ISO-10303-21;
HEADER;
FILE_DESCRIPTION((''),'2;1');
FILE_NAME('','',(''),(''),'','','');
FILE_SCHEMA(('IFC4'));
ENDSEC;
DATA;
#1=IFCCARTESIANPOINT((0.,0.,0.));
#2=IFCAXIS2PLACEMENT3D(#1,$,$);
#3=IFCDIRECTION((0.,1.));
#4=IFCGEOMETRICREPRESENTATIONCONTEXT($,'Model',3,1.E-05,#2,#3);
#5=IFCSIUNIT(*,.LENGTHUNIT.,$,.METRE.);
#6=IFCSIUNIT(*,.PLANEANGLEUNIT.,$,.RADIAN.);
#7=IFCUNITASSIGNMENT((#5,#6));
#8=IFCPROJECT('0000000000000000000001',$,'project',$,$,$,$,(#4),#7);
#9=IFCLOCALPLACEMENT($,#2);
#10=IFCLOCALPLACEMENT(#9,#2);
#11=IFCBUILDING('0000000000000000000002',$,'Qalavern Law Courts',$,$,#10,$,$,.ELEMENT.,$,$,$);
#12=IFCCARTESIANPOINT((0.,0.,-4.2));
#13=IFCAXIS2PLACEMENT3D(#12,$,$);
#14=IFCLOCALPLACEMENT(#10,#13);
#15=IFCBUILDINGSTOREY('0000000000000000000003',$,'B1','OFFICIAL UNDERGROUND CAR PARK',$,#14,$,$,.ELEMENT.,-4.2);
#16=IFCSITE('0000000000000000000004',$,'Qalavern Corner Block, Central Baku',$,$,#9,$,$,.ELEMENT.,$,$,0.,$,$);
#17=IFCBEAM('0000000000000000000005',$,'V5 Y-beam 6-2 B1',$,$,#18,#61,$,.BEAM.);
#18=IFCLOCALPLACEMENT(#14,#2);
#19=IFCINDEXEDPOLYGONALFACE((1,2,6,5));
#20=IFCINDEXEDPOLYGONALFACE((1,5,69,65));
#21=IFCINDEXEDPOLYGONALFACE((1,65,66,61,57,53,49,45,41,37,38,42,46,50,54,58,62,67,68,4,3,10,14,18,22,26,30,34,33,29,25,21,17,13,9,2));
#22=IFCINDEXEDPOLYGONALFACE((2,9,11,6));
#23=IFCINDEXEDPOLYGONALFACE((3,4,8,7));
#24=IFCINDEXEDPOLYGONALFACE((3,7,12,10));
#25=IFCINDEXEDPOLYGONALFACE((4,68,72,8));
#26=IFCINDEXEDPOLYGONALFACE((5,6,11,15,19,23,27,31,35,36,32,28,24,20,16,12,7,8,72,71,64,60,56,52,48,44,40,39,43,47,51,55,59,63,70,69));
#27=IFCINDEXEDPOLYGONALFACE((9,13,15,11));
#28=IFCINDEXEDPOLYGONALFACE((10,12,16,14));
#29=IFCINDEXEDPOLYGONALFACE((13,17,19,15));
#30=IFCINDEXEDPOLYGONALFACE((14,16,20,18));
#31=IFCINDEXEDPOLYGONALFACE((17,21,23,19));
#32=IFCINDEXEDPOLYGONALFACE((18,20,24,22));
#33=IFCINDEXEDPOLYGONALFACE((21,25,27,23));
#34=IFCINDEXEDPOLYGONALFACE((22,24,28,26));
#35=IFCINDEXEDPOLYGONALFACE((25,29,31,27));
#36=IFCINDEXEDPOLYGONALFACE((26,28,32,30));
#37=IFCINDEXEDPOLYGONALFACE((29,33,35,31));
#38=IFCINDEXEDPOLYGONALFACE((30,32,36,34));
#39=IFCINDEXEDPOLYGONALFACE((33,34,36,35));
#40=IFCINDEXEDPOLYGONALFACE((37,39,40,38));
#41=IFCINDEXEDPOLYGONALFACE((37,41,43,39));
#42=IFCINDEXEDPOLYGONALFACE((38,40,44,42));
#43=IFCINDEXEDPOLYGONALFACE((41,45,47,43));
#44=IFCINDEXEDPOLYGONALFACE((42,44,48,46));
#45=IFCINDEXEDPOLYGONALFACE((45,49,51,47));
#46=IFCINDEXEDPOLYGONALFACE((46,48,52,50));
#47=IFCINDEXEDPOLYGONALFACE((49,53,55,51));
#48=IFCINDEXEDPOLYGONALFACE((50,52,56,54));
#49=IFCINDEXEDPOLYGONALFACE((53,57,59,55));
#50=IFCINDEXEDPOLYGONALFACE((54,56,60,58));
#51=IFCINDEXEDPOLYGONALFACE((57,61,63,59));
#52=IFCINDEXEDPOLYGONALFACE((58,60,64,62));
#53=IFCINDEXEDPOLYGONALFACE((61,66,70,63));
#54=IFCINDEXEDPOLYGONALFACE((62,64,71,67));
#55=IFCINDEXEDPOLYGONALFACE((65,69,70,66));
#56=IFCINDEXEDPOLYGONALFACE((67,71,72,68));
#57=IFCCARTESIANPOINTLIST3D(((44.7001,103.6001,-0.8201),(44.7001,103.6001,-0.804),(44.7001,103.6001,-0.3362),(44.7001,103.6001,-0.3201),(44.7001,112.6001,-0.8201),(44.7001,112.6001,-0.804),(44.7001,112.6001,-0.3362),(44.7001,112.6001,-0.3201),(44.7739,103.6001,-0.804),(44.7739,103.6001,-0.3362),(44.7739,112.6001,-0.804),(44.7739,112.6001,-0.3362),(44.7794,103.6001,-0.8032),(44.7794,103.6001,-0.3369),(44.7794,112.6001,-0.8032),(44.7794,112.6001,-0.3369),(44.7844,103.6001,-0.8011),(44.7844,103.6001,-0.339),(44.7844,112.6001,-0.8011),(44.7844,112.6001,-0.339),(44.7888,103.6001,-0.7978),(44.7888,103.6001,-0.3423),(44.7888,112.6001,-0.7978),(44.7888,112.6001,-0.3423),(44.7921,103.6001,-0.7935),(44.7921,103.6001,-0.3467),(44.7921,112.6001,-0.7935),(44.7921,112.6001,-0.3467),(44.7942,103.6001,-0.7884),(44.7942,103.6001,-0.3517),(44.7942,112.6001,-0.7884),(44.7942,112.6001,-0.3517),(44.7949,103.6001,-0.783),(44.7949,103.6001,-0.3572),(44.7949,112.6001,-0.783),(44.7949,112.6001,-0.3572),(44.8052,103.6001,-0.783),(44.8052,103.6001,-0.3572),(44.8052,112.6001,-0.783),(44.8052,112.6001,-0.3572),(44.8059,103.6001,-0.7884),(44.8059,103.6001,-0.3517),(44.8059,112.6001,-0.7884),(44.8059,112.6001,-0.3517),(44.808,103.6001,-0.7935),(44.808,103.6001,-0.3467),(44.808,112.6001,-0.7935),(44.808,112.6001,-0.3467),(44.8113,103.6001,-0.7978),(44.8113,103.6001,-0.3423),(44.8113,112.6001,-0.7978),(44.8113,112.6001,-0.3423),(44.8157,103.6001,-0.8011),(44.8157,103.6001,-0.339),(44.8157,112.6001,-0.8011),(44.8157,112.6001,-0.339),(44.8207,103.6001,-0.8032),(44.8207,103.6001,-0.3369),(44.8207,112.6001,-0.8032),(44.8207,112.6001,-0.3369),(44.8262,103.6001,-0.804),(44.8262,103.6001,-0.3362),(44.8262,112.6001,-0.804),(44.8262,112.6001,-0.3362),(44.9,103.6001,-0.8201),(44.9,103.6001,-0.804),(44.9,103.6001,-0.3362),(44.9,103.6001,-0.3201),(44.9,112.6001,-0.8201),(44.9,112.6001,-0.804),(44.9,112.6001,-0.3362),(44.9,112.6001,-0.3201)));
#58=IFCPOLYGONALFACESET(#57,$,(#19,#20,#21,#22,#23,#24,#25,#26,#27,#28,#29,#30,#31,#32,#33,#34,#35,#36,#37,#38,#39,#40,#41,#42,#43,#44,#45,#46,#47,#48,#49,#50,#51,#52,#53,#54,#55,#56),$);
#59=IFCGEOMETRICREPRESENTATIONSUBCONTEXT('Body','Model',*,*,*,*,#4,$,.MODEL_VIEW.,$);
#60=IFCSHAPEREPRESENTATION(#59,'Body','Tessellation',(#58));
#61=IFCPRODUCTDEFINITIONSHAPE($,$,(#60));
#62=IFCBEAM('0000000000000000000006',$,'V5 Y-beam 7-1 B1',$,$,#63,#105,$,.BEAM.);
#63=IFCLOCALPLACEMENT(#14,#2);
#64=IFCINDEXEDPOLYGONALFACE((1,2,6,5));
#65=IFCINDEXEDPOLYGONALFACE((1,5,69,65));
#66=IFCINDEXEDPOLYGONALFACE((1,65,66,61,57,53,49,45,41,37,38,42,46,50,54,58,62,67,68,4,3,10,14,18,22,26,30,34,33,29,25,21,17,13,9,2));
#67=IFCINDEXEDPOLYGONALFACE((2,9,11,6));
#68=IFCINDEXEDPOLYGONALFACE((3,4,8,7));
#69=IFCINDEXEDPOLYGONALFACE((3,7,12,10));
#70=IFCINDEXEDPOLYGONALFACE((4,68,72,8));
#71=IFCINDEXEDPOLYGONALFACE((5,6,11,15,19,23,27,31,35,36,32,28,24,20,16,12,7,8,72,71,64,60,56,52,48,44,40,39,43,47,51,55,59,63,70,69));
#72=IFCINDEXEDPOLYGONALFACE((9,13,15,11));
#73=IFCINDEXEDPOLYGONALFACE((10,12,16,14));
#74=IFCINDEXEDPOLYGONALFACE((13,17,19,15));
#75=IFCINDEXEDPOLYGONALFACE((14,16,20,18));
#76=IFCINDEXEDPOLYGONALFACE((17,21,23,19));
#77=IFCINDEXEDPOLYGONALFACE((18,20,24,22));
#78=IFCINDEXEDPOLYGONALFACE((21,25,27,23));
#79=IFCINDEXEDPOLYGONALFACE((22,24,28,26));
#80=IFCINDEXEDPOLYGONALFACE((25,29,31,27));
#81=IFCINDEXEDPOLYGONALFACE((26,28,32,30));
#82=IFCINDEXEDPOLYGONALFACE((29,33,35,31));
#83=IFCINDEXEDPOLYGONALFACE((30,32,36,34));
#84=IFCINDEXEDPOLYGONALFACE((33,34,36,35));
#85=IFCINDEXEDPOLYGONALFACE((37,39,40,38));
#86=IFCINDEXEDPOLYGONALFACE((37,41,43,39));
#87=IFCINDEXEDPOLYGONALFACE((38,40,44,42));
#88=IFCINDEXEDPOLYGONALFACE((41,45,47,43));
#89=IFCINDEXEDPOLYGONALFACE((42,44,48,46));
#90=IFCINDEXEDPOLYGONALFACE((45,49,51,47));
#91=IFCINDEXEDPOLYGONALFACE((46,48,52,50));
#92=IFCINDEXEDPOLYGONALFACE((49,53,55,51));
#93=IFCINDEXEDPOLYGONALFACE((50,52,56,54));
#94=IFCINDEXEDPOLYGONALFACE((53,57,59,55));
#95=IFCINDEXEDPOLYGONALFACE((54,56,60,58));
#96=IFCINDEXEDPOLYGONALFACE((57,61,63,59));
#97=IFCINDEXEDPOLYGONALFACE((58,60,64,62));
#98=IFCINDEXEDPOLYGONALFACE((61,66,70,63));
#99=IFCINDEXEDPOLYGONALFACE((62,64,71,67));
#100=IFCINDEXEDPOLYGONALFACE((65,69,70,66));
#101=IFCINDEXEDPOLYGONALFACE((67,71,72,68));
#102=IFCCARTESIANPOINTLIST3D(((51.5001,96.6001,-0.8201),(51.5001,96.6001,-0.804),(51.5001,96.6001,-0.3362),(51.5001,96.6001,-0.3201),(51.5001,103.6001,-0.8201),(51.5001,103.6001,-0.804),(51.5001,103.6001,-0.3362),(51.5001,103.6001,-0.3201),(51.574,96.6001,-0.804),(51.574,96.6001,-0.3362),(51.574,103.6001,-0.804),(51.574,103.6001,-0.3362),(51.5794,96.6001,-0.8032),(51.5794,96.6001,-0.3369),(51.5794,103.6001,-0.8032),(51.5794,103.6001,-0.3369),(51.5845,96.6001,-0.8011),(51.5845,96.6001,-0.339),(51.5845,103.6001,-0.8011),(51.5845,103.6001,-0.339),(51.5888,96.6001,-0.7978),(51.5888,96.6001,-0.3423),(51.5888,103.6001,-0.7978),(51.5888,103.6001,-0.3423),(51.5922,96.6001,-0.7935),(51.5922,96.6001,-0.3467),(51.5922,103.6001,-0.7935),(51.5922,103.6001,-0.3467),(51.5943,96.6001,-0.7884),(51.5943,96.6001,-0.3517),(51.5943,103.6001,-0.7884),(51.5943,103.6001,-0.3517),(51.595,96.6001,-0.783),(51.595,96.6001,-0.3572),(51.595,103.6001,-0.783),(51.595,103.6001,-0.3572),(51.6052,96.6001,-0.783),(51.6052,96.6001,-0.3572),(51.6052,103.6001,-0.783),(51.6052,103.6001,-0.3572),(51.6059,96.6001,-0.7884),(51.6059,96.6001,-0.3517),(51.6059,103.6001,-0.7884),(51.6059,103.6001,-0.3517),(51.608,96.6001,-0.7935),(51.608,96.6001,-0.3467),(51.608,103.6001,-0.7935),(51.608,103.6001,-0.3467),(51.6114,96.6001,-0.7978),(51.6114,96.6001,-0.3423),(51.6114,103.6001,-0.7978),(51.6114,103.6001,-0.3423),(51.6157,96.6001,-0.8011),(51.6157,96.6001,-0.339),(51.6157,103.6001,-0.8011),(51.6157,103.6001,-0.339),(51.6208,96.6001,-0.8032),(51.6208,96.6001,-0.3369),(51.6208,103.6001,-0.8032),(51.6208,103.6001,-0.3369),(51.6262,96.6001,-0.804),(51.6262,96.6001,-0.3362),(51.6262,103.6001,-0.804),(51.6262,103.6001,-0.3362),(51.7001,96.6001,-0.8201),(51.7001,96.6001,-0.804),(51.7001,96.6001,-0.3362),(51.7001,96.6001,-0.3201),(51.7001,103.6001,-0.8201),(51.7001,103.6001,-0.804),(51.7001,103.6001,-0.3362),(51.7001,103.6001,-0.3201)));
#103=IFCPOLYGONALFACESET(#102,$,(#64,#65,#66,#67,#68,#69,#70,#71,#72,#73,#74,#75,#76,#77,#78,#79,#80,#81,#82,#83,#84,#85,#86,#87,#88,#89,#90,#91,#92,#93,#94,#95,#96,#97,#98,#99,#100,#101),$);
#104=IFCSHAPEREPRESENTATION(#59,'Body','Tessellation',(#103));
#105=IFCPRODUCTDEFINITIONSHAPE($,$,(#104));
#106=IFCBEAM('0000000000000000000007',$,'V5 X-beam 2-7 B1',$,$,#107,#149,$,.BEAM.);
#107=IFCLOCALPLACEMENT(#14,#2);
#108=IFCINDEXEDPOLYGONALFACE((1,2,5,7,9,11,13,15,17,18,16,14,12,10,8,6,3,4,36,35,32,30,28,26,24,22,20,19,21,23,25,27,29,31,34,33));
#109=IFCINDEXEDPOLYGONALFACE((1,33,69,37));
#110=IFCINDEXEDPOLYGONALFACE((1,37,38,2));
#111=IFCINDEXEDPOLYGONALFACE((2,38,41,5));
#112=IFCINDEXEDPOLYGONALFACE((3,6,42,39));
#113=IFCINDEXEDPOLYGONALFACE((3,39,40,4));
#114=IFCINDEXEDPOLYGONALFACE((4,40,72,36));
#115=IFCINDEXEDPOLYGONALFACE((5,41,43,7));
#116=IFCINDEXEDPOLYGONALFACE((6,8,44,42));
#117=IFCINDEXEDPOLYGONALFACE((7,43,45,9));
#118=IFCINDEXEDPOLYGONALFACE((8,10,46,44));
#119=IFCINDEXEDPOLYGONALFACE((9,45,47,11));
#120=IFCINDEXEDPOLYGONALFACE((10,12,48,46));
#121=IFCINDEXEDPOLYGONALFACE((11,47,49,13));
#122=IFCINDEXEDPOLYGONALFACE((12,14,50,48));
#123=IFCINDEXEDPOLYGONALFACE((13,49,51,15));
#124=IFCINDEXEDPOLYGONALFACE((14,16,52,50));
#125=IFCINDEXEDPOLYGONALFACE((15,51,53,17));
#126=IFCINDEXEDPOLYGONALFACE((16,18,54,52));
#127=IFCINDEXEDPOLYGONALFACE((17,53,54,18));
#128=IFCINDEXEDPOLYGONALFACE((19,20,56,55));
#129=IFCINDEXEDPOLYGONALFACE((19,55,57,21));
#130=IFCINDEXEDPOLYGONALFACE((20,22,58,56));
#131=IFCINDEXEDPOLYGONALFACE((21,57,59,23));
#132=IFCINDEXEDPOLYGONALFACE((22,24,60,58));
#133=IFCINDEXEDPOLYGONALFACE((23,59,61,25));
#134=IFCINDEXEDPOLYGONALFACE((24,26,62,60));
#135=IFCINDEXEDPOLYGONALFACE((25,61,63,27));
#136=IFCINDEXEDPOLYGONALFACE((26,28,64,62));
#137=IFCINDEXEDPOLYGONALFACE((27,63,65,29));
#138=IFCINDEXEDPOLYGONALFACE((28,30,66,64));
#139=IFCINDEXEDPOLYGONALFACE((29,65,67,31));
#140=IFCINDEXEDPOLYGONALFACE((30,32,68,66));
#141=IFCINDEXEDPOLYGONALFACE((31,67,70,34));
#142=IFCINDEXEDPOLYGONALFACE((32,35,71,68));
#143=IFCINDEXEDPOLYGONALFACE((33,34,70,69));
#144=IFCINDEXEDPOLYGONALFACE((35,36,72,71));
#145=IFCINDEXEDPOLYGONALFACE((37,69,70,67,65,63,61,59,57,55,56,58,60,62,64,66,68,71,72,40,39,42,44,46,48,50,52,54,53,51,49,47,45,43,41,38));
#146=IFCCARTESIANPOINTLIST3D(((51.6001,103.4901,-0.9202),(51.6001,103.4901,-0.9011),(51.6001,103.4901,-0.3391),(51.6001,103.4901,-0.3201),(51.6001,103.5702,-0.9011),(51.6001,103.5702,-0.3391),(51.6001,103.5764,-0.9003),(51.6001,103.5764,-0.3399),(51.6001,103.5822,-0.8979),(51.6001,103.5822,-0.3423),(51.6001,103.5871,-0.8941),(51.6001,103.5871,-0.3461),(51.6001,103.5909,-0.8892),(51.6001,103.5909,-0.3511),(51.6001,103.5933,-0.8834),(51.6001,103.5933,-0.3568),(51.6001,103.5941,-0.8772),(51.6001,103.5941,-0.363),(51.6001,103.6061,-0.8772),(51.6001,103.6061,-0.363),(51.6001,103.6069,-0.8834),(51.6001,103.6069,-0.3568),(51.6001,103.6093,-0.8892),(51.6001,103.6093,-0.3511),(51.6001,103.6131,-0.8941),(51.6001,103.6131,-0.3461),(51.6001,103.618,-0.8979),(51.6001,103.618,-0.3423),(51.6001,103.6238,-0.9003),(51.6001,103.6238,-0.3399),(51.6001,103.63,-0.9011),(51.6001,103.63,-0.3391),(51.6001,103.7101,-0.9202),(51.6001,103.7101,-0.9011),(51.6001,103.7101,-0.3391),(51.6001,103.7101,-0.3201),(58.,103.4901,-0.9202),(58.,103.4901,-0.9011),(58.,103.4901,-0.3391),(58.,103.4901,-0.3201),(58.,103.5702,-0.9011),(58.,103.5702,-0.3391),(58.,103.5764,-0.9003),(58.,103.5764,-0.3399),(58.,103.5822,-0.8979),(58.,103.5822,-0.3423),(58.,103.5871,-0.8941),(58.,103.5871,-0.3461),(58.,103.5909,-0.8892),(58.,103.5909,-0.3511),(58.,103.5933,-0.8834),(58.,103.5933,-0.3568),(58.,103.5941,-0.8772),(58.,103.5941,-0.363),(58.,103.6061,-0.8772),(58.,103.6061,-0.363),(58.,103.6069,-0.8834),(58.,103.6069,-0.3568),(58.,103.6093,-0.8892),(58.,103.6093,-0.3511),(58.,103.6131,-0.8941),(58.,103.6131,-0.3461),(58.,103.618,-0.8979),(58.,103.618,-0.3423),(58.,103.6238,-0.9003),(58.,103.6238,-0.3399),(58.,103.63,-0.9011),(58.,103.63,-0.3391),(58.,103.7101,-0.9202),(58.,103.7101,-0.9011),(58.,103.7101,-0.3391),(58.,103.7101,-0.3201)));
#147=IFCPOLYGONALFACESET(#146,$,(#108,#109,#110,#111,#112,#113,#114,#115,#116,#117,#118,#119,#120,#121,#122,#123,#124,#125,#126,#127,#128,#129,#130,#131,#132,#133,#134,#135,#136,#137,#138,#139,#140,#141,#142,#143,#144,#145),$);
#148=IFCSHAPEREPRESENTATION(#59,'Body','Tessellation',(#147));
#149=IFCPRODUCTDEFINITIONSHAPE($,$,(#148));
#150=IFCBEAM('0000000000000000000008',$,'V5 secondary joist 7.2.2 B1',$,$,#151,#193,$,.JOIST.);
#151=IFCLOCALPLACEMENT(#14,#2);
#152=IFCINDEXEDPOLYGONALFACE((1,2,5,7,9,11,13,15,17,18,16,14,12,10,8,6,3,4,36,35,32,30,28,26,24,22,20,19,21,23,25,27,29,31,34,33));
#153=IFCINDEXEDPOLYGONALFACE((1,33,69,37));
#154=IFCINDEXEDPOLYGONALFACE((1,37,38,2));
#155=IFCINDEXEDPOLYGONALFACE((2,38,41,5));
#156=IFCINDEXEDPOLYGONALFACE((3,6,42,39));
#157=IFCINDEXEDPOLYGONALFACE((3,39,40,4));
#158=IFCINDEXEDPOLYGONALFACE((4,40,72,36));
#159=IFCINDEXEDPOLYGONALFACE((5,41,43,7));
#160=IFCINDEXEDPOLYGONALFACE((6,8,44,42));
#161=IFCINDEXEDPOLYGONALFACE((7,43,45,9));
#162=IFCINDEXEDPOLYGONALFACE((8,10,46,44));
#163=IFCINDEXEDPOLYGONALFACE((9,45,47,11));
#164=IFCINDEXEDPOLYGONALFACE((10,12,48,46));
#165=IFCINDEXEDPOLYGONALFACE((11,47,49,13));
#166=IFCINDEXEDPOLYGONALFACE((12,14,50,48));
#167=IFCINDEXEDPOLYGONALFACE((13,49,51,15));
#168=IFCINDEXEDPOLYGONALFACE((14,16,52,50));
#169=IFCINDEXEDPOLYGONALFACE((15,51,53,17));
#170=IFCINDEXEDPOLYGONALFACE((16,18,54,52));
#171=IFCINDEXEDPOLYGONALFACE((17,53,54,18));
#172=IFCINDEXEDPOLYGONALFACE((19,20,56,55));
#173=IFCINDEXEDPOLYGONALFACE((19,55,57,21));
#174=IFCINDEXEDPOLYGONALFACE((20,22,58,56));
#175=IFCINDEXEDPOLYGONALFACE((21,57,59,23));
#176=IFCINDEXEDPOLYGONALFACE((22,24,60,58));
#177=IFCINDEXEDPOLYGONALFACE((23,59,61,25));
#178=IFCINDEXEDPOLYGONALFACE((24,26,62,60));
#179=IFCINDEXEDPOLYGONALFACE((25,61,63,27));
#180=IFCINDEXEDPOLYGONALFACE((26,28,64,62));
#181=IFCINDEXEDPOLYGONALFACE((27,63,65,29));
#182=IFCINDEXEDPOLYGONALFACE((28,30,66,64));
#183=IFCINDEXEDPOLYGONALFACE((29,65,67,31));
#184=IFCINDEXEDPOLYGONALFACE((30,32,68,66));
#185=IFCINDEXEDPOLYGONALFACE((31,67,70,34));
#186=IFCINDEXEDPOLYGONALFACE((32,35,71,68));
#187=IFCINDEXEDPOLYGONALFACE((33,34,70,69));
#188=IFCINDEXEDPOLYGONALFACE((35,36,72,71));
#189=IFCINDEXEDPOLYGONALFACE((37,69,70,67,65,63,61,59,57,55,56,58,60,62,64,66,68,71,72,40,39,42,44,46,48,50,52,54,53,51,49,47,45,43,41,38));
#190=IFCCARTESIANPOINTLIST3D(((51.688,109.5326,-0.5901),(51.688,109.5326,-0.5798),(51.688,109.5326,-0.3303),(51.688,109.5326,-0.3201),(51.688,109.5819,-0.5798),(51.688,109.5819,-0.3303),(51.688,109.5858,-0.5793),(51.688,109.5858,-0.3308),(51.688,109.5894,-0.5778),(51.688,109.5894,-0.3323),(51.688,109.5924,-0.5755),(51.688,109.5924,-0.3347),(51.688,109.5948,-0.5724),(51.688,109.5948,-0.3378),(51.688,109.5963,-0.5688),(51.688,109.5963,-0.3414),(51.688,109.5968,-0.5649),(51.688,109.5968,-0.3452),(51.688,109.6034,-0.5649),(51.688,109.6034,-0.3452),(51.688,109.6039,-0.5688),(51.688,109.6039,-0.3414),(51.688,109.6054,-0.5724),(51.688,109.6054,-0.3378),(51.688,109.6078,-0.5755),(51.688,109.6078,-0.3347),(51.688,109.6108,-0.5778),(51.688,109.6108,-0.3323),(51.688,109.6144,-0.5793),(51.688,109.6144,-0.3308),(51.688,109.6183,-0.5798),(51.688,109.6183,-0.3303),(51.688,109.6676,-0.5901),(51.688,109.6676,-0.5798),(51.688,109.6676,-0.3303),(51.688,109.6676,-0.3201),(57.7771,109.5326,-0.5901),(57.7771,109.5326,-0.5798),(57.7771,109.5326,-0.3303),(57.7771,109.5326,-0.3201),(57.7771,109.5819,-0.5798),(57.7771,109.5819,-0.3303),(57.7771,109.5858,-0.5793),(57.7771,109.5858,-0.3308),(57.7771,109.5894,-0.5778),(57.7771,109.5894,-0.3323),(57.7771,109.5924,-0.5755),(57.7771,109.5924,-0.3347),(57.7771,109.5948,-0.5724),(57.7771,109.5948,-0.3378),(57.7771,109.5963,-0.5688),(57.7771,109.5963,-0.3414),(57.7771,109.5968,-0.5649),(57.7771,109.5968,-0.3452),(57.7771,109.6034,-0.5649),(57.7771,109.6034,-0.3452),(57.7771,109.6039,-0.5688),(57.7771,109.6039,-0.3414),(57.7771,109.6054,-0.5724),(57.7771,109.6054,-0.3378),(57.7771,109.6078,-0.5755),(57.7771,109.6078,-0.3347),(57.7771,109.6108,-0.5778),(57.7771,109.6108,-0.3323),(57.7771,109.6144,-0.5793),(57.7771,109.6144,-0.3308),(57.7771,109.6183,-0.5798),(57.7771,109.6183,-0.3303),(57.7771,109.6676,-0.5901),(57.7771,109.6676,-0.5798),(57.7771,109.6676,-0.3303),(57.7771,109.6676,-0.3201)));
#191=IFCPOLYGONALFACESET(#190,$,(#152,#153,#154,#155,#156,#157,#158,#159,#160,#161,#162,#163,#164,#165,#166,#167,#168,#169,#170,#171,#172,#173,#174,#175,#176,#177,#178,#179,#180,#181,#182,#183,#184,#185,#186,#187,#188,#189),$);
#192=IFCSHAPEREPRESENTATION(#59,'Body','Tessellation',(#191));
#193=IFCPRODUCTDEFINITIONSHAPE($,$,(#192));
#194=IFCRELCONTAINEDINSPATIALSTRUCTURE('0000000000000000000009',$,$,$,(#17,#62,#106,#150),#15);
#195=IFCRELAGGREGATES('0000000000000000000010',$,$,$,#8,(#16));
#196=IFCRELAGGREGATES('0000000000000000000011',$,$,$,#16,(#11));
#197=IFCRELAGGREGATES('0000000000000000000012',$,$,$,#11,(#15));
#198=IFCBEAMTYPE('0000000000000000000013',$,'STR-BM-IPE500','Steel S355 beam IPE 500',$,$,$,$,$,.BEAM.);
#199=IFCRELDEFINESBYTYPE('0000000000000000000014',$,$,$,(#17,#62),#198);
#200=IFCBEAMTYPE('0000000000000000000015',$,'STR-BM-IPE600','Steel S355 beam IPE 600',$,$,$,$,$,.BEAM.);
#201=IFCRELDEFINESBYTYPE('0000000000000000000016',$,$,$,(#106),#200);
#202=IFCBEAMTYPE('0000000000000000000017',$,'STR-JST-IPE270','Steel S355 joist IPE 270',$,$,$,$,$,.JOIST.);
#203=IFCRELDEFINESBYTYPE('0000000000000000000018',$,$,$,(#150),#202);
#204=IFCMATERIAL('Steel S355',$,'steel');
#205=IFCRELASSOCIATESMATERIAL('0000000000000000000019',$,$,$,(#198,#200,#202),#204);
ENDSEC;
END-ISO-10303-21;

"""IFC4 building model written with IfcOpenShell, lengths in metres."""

from ifc_helpers import new_model, si_unit, direction, frame, origin, origin_2d, place, context, subcontext, project, spatial, i_section, extrude, material, material_profile, profile_set, type_object, element, save


model = new_model("IFC4")

# Units and contexts
model_context = context("Model", 3, precision=1e-05, world=origin(), true_north=direction((0.0, 1.0)))
body_context = subcontext(model_context, "Body", "Model", "MODEL_VIEW")
ifc_project = project(units=[si_unit("LENGTHUNIT", "METRE"), si_unit("PLANEANGLEUNIT", "RADIAN")], contexts=[model_context])

# Site, building, storey
site_placement = place(None, origin())
site = spatial("IfcSite", under=ifc_project, at=site_placement, Name="Qalavern Corner Block, Central Baku", CompositionType="ELEMENT", RefElevation=0.0)
building_placement = place(site_placement, origin())
building = spatial("IfcBuilding", under=site, at=building_placement, Name="Qalavern Law Courts", CompositionType="ELEMENT")
storey_placement = place(building_placement, frame((0.0, 0.0, -4.2)))
storey = spatial("IfcBuildingStorey", under=building, at=storey_placement, Name="B1", Description="OFFICIAL UNDERGROUND CAR PARK", CompositionType="ELEMENT", Elevation=-4.2)

# Beams
ifc_material_1 = material(Name="Steel S355", Category="steel")
ifc_material_profile_1 = material_profile(ifc_material_1, i_section(OverallWidth=0.2, OverallDepth=0.5, WebThickness=0.0103, FlangeThickness=0.0161, FilletRadius=0.021, at=origin_2d()), Name="IPE 500")
ifc_profile_set_1 = profile_set([ifc_material_profile_1], Name="Steel S355")
beam_type_1 = type_object("IfcBeamType", Name="STR-BM-IPE500", Description="Steel S355 beam IPE 500", PredefinedType="BEAM", material=ifc_profile_set_1)
beam_1_placement = place(storey_placement, frame((44.8, 103.6001, -0.5701), z_axis=(0.0, 1.0, 0.0), x_axis=(-1.0, 0.0, 0.0)))
element("IfcBeam", 1, at=beam_1_placement, inside=storey, type_object=beam_type_1, Name="V5 Y-beam 6-2 B1", PredefinedType="BEAM", context=body_context, shape_type="SweptSolid", body=[
    extrude(i_section(OverallWidth=0.2, OverallDepth=0.5, WebThickness=0.0103, FlangeThickness=0.0161, FilletRadius=0.021, at=origin_2d()), origin(), (0.0, 0.0, 1.0), 9.0),
])
beam_2_placement = place(storey_placement, frame((51.6001, 96.6001, -0.5701), z_axis=(0.0, 1.0, 0.0), x_axis=(-1.0, 0.0, 0.0)))
element("IfcBeam", 2, at=beam_2_placement, inside=storey, type_object=beam_type_1, Name="V5 Y-beam 7-1 B1", PredefinedType="BEAM", context=body_context, shape_type="SweptSolid", body=[
    extrude(i_section(OverallWidth=0.2, OverallDepth=0.5, WebThickness=0.0103, FlangeThickness=0.0161, FilletRadius=0.021, at=origin_2d()), origin(), (0.0, 0.0, 1.0), 7.0),
])
ifc_material_profile_2 = material_profile(ifc_material_1, i_section(OverallWidth=0.22, OverallDepth=0.6001, WebThickness=0.012, FlangeThickness=0.019, FilletRadius=0.0239, at=origin_2d()), Name="IPE 600")
ifc_profile_set_2 = profile_set([ifc_material_profile_2], Name="Steel S355")
beam_type_2 = type_object("IfcBeamType", Name="STR-BM-IPE600", Description="Steel S355 beam IPE 600", PredefinedType="BEAM", material=ifc_profile_set_2)
beam_3_placement = place(storey_placement, frame((51.6001, 103.6001, -0.6201), z_axis=(1.0, 0.0, 0.0), x_axis=(0.0, 1.0, 0.0)))
element("IfcBeam", 3, at=beam_3_placement, inside=storey, type_object=beam_type_2, Name="V5 X-beam 2-7 B1", PredefinedType="BEAM", context=body_context, shape_type="SweptSolid", body=[
    extrude(i_section(OverallWidth=0.22, OverallDepth=0.6001, WebThickness=0.012, FlangeThickness=0.019, FilletRadius=0.0239, at=origin_2d()), origin(), (0.0, 0.0, 1.0), 6.3999),
])
ifc_material_profile_3 = material_profile(ifc_material_1, i_section(OverallWidth=0.135, OverallDepth=0.27, WebThickness=0.0066, FlangeThickness=0.0103, FilletRadius=0.0149, at=origin_2d()), Name="IPE 270")
ifc_profile_set_3 = profile_set([ifc_material_profile_3], Name="Steel S355")
beam_type_3 = type_object("IfcBeamType", Name="STR-JST-IPE270", Description="Steel S355 joist IPE 270", PredefinedType="JOIST", material=ifc_profile_set_3)
beam_4_placement = place(storey_placement, frame((51.688, 109.6001, -0.4551), z_axis=(1.0, 0.0, 0.0), x_axis=(0.0, 1.0, 0.0)))
element("IfcBeam", 4, at=beam_4_placement, inside=storey, type_object=beam_type_3, Name="V5 secondary joist 7.2.2 B1", PredefinedType="JOIST", context=body_context, shape_type="SweptSolid", body=[
    extrude(i_section(OverallWidth=0.135, OverallDepth=0.27, WebThickness=0.0066, FlangeThickness=0.0103, FilletRadius=0.0149, at=origin_2d()), origin(), (0.0, 0.0, 1.0), 6.0891),
])

save(model, "model.ifc")
